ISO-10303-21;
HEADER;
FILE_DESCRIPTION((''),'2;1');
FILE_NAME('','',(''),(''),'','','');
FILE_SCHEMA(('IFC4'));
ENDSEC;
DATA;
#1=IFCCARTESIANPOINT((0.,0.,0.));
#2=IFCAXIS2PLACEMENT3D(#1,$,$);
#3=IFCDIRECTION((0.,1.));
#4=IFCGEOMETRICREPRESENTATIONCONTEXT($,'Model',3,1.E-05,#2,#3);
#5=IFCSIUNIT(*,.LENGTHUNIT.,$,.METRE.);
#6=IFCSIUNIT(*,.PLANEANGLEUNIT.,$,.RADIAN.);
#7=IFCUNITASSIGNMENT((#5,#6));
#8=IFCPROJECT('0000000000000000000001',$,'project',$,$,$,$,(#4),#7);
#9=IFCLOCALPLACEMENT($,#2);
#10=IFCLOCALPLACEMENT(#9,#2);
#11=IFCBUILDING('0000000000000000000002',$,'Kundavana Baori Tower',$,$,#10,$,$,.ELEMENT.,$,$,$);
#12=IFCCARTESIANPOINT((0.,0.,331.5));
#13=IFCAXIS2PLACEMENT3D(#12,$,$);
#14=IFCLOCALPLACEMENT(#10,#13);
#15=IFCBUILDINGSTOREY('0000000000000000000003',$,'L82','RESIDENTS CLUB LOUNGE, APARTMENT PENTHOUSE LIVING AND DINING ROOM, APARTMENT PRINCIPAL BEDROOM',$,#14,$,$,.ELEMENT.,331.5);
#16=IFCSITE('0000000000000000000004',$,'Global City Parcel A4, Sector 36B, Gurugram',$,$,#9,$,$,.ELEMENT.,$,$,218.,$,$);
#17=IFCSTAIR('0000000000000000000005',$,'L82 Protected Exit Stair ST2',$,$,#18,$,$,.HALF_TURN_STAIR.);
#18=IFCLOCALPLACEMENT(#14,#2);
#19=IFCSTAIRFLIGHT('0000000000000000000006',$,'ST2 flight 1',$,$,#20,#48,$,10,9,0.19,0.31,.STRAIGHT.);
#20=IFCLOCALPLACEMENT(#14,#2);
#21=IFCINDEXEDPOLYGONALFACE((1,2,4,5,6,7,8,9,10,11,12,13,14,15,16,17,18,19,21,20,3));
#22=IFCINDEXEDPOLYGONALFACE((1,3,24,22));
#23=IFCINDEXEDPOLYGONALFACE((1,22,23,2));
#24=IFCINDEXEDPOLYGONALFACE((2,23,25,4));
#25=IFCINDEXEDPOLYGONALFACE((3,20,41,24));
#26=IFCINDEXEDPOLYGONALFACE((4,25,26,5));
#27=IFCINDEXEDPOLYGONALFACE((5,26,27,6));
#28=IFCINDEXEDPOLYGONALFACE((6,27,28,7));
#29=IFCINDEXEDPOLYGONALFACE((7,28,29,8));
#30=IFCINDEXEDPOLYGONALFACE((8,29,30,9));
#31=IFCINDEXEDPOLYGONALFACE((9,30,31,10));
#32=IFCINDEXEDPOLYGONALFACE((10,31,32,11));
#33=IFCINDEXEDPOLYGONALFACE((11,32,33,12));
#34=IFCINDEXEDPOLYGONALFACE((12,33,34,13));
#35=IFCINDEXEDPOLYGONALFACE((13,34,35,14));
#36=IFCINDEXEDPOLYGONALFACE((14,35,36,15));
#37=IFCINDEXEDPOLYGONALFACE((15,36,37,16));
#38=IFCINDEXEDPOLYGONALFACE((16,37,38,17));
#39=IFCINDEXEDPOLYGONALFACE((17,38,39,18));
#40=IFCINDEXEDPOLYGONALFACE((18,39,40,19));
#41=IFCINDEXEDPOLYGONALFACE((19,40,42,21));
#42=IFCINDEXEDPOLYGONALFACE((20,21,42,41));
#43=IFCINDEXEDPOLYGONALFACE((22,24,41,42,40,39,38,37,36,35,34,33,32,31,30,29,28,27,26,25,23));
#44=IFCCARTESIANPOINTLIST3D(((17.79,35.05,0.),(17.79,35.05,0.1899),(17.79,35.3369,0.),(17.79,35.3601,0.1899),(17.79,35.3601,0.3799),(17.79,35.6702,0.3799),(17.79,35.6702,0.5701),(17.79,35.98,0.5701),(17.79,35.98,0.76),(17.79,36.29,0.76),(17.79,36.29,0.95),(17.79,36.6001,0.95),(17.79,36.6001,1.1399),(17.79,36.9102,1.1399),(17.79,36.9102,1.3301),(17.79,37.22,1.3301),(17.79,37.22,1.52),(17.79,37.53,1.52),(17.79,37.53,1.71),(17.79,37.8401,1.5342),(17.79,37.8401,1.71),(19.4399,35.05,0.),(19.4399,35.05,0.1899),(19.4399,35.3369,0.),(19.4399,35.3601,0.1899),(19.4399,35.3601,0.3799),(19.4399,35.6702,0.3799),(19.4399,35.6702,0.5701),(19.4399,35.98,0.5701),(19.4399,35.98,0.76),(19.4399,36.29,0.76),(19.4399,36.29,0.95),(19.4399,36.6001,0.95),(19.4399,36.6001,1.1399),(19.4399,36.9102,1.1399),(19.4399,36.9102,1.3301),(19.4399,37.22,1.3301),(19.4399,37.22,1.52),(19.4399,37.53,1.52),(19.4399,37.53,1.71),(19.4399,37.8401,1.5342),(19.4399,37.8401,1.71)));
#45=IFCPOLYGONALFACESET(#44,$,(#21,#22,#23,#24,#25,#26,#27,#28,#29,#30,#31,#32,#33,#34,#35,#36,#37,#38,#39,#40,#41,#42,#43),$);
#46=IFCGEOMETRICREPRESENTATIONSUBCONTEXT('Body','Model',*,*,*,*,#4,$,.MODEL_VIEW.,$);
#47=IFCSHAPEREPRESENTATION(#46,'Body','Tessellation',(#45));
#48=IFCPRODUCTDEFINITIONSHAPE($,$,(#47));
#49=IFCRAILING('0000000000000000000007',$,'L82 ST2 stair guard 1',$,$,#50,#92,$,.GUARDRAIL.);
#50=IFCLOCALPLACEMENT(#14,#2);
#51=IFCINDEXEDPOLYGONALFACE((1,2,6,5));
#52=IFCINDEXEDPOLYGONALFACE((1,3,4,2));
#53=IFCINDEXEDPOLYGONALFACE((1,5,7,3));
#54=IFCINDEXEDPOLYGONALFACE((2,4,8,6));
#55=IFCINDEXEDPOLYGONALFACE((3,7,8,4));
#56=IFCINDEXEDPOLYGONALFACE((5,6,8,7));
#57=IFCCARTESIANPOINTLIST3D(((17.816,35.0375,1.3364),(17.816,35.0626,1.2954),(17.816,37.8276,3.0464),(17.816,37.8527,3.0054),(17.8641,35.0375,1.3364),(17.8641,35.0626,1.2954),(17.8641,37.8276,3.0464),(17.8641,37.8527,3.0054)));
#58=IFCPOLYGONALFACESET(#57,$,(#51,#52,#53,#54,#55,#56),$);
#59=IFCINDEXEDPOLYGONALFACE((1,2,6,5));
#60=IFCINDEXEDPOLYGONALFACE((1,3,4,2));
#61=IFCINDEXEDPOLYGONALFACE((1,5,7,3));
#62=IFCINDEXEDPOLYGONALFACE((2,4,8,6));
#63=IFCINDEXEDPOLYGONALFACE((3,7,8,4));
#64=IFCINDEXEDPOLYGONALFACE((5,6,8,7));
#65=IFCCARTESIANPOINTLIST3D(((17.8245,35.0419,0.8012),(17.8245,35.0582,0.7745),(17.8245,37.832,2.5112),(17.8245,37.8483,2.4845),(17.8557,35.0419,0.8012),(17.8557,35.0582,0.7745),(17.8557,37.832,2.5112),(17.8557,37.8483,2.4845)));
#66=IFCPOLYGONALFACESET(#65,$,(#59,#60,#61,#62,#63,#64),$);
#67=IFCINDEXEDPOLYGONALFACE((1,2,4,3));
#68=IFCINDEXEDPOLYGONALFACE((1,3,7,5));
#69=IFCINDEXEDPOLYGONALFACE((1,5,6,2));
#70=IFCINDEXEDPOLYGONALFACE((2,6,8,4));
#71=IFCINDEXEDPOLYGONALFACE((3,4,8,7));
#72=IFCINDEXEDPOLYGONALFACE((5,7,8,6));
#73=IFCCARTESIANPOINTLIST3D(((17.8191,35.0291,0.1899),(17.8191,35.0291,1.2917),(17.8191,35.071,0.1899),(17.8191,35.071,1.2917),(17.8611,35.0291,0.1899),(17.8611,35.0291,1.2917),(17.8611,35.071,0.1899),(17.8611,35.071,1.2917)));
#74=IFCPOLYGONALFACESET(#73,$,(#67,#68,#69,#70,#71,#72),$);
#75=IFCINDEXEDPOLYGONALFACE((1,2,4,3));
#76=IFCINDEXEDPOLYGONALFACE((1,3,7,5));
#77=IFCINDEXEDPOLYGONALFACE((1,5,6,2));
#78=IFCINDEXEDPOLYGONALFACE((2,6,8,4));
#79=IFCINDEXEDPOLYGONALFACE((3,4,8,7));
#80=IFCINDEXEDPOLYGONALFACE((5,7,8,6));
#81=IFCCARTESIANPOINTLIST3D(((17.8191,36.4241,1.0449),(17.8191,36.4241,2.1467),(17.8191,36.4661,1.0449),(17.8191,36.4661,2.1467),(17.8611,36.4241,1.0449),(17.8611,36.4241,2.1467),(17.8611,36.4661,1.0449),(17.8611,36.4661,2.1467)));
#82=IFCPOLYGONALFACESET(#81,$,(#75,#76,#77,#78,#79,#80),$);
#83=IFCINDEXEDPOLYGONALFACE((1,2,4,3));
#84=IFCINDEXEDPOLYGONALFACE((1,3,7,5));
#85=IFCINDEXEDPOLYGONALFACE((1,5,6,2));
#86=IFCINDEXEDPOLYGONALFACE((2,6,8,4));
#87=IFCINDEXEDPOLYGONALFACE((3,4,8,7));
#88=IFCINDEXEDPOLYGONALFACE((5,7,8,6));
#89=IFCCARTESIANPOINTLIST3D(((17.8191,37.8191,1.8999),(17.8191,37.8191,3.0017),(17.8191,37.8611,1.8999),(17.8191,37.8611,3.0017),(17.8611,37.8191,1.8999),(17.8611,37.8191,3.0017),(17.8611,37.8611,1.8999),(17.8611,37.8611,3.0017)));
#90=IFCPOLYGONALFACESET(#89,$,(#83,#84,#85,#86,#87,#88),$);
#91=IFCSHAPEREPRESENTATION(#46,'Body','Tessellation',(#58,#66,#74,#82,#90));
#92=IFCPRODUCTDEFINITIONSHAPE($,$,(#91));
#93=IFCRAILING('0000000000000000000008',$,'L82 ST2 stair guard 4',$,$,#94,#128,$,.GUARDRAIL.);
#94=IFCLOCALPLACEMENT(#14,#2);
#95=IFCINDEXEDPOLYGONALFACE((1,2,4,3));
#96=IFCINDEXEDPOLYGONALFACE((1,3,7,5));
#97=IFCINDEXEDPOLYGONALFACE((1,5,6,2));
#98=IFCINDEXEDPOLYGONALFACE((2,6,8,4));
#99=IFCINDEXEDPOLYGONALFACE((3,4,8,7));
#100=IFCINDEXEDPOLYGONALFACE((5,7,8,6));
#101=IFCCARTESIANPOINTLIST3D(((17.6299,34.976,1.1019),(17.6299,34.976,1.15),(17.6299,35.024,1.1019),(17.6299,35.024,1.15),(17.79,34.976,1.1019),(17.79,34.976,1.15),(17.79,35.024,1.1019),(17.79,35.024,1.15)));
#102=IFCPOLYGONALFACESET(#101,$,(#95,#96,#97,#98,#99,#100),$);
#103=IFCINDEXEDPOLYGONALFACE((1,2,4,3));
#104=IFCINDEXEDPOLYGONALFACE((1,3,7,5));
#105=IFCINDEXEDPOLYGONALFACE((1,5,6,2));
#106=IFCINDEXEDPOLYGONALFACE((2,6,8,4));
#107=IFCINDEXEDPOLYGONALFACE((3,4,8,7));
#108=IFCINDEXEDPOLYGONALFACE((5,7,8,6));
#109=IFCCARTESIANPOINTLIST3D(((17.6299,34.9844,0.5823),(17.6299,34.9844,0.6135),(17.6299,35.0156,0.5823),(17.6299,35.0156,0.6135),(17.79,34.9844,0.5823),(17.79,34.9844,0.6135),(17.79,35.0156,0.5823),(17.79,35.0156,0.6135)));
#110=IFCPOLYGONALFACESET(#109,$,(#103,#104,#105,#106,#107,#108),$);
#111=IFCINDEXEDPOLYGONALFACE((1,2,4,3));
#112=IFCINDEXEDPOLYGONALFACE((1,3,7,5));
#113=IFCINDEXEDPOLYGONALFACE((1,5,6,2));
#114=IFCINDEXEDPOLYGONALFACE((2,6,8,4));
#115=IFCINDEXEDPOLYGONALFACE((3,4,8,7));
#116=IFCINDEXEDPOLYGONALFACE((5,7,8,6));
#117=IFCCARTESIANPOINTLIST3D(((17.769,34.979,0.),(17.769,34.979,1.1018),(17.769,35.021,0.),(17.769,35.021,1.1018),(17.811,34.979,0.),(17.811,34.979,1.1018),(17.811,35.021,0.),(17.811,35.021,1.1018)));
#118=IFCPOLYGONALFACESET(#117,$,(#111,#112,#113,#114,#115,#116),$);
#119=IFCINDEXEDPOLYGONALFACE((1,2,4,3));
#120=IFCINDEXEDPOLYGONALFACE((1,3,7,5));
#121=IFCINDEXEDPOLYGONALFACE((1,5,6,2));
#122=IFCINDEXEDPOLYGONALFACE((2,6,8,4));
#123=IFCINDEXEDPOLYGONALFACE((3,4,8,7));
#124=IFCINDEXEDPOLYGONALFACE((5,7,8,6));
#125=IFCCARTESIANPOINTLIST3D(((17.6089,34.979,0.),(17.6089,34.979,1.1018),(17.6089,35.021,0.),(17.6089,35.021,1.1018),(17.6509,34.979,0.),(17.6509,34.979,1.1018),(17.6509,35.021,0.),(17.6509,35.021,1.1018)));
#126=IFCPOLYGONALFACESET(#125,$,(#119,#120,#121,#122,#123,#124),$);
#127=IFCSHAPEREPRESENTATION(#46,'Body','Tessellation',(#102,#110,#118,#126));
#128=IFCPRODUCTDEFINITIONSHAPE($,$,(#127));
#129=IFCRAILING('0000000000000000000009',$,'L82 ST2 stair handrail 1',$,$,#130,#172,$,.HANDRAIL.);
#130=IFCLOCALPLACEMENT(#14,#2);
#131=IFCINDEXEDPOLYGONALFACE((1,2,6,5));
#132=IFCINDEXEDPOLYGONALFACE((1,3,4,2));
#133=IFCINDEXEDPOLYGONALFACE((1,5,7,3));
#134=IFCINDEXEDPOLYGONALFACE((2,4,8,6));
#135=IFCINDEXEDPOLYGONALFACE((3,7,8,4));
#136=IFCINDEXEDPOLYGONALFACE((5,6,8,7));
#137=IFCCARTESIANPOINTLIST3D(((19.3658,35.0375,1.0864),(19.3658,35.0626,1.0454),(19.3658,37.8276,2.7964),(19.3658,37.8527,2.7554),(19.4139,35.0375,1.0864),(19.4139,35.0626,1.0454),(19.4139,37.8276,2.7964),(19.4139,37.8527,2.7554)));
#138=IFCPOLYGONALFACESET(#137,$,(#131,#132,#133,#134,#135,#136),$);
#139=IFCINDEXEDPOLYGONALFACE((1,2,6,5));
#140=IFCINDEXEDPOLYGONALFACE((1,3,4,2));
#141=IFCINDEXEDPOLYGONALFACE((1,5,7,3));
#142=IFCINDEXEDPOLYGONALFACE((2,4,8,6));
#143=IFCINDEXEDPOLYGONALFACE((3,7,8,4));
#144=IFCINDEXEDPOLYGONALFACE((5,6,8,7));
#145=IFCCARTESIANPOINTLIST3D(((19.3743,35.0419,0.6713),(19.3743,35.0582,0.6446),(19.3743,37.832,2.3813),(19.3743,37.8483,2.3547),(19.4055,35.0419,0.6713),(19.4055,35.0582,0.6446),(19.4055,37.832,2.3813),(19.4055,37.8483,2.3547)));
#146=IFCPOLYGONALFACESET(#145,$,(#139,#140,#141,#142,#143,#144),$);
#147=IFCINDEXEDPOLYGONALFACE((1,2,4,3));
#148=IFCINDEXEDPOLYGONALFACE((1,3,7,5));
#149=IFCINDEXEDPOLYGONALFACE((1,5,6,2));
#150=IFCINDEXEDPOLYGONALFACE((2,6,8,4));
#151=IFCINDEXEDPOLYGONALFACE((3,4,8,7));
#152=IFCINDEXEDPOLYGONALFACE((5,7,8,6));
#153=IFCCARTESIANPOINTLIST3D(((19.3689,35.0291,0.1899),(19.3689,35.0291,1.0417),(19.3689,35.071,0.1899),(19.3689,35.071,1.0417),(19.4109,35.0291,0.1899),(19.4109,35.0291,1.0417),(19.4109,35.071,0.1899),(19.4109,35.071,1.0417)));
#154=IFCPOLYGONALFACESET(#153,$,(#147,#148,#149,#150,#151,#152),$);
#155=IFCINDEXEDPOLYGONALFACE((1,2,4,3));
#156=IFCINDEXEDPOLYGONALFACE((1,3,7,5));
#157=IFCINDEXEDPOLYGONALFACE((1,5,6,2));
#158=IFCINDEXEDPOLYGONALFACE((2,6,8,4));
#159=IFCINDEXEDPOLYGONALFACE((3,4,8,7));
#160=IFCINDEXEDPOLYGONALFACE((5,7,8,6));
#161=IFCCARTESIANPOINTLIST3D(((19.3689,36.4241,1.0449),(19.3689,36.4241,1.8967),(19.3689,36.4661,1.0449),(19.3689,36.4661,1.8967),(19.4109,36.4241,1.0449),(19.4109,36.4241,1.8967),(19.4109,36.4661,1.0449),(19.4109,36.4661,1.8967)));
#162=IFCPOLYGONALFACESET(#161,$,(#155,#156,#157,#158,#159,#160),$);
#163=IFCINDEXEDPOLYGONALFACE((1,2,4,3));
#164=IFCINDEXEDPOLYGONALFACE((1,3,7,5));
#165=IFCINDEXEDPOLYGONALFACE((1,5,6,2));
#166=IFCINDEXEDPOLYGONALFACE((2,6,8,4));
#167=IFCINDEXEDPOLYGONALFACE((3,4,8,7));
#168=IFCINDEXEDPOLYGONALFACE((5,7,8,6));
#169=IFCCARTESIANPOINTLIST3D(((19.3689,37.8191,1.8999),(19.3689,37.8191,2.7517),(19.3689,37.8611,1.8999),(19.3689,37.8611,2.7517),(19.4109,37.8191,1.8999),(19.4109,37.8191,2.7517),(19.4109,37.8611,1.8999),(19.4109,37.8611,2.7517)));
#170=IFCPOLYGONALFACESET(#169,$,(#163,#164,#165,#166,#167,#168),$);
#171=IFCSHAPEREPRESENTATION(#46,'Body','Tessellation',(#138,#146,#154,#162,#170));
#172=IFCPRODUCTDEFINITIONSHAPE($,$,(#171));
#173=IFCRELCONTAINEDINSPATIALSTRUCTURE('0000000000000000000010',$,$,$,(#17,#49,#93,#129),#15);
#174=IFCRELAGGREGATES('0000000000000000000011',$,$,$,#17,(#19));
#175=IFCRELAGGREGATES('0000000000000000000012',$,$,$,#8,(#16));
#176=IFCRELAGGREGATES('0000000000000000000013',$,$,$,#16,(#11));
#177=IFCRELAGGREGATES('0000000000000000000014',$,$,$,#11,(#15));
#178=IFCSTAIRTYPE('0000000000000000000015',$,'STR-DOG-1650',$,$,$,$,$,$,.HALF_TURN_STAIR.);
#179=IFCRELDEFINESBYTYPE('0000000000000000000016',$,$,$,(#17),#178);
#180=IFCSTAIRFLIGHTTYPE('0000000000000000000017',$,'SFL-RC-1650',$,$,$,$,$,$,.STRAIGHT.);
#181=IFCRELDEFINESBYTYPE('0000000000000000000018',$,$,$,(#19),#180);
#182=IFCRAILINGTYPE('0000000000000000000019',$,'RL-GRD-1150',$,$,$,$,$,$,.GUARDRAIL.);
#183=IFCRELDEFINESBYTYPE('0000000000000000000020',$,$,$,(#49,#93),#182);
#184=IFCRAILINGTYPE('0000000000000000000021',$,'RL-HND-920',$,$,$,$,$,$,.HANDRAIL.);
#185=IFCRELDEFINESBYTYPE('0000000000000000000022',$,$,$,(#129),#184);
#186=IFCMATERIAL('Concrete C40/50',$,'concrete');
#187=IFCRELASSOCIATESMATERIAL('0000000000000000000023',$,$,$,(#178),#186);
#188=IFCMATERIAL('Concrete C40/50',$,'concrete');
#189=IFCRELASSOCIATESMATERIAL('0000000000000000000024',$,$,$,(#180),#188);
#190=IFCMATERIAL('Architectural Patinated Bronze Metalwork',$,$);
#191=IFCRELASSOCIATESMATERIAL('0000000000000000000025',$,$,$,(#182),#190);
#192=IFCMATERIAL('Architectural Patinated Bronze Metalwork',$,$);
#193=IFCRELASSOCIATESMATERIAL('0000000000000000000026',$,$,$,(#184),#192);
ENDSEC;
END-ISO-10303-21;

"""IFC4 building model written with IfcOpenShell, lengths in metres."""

from ifc_helpers import new_model, si_unit, direction, frame, origin, origin_2d, place, context, subcontext, project, spatial, polyline, rectangle, outline, extrude, material, type_object, element, aggregate, save


model = new_model("IFC4")

# Units and contexts
model_context = context("Model", 3, precision=1e-05, world=origin(), true_north=direction((0.0, 1.0)))
body_context = subcontext(model_context, "Body", "Model", "MODEL_VIEW")
ifc_project = project(units=[si_unit("LENGTHUNIT", "METRE"), si_unit("PLANEANGLEUNIT", "RADIAN")], contexts=[model_context])

# Site, building, storey
site_placement = place(None, origin())
site = spatial("IfcSite", under=ifc_project, at=site_placement, Name="Global City Parcel A4, Sector 36B, Gurugram", CompositionType="ELEMENT", RefElevation=218.0)
building_placement = place(site_placement, origin())
building = spatial("IfcBuilding", under=site, at=building_placement, Name="Kundavana Baori Tower", CompositionType="ELEMENT")
storey_placement = place(building_placement, frame((0.0, 0.0, 331.5)))
storey = spatial("IfcBuildingStorey", under=building, at=storey_placement, Name="L82", Description="RESIDENTS CLUB LOUNGE, APARTMENT PENTHOUSE LIVING AND DINING ROOM, APARTMENT PRINCIPAL BEDROOM", CompositionType="ELEMENT", Elevation=331.5)

# Stair, stair flight
ifc_material_1 = material(Name="Concrete C40/50", Category="concrete")
stair_type = type_object("IfcStairType", Name="STR-DOG-1650", PredefinedType="HALF_TURN_STAIR", material=ifc_material_1)
stair_placement = place(storey_placement, origin())
stair = element("IfcStair", 1, at=stair_placement, inside=storey, type_object=stair_type, Name="L82 Protected Exit Stair ST2", PredefinedType="HALF_TURN_STAIR")
ifc_material_2 = material(Name="Concrete C40/50", Category="concrete")
stair_flight_type = type_object("IfcStairFlightType", Name="SFL-RC-1650", PredefinedType="STRAIGHT", material=ifc_material_2)
stair_flight_placement = place(storey_placement, frame((18.615, 35.05, 0.0), z_axis=(0.0, 0.0, 1.0), x_axis=(0.0, 1.0, 0.0)))
stair_flight = element("IfcStairFlight", 2, at=stair_flight_placement, type_object=stair_flight_type, Name="ST2 flight 1", NumberOfRisers=10, NumberOfTreads=9, PredefinedType="STRAIGHT", RiserHeight=0.19, TreadLength=0.31, context=body_context, shape_type="SweptSolid", body=[
    extrude(outline(polyline([(0.0, 0.0), (0.0, 0.1899), (0.3101, 0.1899), (0.3101, 0.3799), (0.6201, 0.3799), (0.6201, 0.5701), (0.9299, 0.5701), (0.9299, 0.76), (1.24, 0.76), (1.24, 0.95), (1.55, 0.95), (1.55, 1.1399), (1.8601, 1.1399), (1.8601, 1.3301), (2.1699, 1.3301), (2.1699, 1.52), (2.48, 1.52), (2.48, 1.71), (2.79, 1.71), (2.79, 1.8999), (2.79, 1.5342), (0.2869, 0.0), (0.0, 0.0)])), frame((0.0, 0.825, 0.0), z_axis=(0.0, -1.0, 0.0), x_axis=(1.0, 0.0, 0.0)), (0.0, 0.0, 1.0), 1.6499),
])
aggregate(stair, [stair_flight])

# Railings
ifc_material_3 = material(Name="Architectural Patinated Bronze Metalwork")
railing_type_1 = type_object("IfcRailingType", Name="RL-GRD-1150", PredefinedType="GUARDRAIL", material=ifc_material_3)
railing_1_placement = place(storey_placement, frame((17.8401, 35.05, 0.1899)))
element("IfcRailing", 3, at=railing_1_placement, inside=storey, type_object=railing_type_1, Name="L82 ST2 stair guard 1", PredefinedType="GUARDRAIL", context=body_context, shape_type="SweptSolid", body=[
    extrude(rectangle(XDim=0.0481, YDim=0.0481, at=origin_2d()), frame((0.0, 0.0, 1.126), z_axis=(0.0, 0.85261, 0.522548), x_axis=(-1.0, 0.0, 0.0)), (0.0, 0.0, 1.0), 3.2725),
    extrude(rectangle(XDim=0.0312, YDim=0.0312, at=origin_2d()), frame((0.0, 0.0, 0.5979), z_axis=(0.0, 0.85261, 0.522548), x_axis=(-1.0, 0.0, 0.0)), (0.0, 0.0, 1.0), 3.2725),
    extrude(rectangle(XDim=0.042, YDim=0.042, at=origin_2d()), origin(), (0.0, 0.0, 1.0), 1.1018),
    extrude(rectangle(XDim=0.042, YDim=0.042, at=origin_2d()), frame((0.0, 1.395, 0.855)), (0.0, 0.0, 1.0), 1.1018),
    extrude(rectangle(XDim=0.042, YDim=0.042, at=origin_2d()), frame((0.0, 2.79, 1.71)), (0.0, 0.0, 1.0), 1.1018),
])
railing_2_placement = place(storey_placement, frame((17.79, 35.0, 0.0)))
element("IfcRailing", 4, at=railing_2_placement, inside=storey, type_object=railing_type_1, Name="L82 ST2 stair guard 4", PredefinedType="GUARDRAIL", context=body_context, shape_type="SweptSolid", body=[
    extrude(rectangle(XDim=0.0481, YDim=0.0481, at=origin_2d()), frame((0.0, 0.0, 1.126), z_axis=(-1.0, 0.0, 0.0), x_axis=(0.0, -1.0, 0.0)), (0.0, 0.0, 1.0), 0.1602),
    extrude(rectangle(XDim=0.0312, YDim=0.0312, at=origin_2d()), frame((0.0, 0.0, 0.5979), z_axis=(-1.0, 0.0, 0.0), x_axis=(0.0, -1.0, 0.0)), (0.0, 0.0, 1.0), 0.1602),
    extrude(rectangle(XDim=0.042, YDim=0.042, at=origin_2d()), origin(), (0.0, 0.0, 1.0), 1.1018),
    extrude(rectangle(XDim=0.042, YDim=0.042, at=origin_2d()), frame((-0.1602, 0.0, 0.0)), (0.0, 0.0, 1.0), 1.1018),
])
ifc_material_4 = material(Name="Architectural Patinated Bronze Metalwork")
railing_type_2 = type_object("IfcRailingType", Name="RL-HND-920", PredefinedType="HANDRAIL", material=ifc_material_4)
railing_3_placement = place(storey_placement, frame((19.3899, 35.05, 0.1899)))
element("IfcRailing", 5, at=railing_3_placement, inside=storey, type_object=railing_type_2, Name="L82 ST2 stair handrail 1", PredefinedType="HANDRAIL", context=body_context, shape_type="SweptSolid", body=[
    extrude(rectangle(XDim=0.0481, YDim=0.0481, at=origin_2d()), frame((0.0, 0.0, 0.876), z_axis=(0.0, 0.85261, 0.522548), x_axis=(-1.0, 0.0, 0.0)), (0.0, 0.0, 1.0), 3.2725),
    extrude(rectangle(XDim=0.0312, YDim=0.0312, at=origin_2d()), frame((0.0, 0.0, 0.468), z_axis=(0.0, 0.85261, 0.522548), x_axis=(-1.0, 0.0, 0.0)), (0.0, 0.0, 1.0), 3.2725),
    extrude(rectangle(XDim=0.042, YDim=0.042, at=origin_2d()), origin(), (0.0, 0.0, 1.0), 0.8518),
    extrude(rectangle(XDim=0.042, YDim=0.042, at=origin_2d()), frame((0.0, 1.395, 0.855)), (0.0, 0.0, 1.0), 0.8518),
    extrude(rectangle(XDim=0.042, YDim=0.042, at=origin_2d()), frame((0.0, 2.79, 1.71)), (0.0, 0.0, 1.0), 0.8518),
])

save(model, "model.ifc")
